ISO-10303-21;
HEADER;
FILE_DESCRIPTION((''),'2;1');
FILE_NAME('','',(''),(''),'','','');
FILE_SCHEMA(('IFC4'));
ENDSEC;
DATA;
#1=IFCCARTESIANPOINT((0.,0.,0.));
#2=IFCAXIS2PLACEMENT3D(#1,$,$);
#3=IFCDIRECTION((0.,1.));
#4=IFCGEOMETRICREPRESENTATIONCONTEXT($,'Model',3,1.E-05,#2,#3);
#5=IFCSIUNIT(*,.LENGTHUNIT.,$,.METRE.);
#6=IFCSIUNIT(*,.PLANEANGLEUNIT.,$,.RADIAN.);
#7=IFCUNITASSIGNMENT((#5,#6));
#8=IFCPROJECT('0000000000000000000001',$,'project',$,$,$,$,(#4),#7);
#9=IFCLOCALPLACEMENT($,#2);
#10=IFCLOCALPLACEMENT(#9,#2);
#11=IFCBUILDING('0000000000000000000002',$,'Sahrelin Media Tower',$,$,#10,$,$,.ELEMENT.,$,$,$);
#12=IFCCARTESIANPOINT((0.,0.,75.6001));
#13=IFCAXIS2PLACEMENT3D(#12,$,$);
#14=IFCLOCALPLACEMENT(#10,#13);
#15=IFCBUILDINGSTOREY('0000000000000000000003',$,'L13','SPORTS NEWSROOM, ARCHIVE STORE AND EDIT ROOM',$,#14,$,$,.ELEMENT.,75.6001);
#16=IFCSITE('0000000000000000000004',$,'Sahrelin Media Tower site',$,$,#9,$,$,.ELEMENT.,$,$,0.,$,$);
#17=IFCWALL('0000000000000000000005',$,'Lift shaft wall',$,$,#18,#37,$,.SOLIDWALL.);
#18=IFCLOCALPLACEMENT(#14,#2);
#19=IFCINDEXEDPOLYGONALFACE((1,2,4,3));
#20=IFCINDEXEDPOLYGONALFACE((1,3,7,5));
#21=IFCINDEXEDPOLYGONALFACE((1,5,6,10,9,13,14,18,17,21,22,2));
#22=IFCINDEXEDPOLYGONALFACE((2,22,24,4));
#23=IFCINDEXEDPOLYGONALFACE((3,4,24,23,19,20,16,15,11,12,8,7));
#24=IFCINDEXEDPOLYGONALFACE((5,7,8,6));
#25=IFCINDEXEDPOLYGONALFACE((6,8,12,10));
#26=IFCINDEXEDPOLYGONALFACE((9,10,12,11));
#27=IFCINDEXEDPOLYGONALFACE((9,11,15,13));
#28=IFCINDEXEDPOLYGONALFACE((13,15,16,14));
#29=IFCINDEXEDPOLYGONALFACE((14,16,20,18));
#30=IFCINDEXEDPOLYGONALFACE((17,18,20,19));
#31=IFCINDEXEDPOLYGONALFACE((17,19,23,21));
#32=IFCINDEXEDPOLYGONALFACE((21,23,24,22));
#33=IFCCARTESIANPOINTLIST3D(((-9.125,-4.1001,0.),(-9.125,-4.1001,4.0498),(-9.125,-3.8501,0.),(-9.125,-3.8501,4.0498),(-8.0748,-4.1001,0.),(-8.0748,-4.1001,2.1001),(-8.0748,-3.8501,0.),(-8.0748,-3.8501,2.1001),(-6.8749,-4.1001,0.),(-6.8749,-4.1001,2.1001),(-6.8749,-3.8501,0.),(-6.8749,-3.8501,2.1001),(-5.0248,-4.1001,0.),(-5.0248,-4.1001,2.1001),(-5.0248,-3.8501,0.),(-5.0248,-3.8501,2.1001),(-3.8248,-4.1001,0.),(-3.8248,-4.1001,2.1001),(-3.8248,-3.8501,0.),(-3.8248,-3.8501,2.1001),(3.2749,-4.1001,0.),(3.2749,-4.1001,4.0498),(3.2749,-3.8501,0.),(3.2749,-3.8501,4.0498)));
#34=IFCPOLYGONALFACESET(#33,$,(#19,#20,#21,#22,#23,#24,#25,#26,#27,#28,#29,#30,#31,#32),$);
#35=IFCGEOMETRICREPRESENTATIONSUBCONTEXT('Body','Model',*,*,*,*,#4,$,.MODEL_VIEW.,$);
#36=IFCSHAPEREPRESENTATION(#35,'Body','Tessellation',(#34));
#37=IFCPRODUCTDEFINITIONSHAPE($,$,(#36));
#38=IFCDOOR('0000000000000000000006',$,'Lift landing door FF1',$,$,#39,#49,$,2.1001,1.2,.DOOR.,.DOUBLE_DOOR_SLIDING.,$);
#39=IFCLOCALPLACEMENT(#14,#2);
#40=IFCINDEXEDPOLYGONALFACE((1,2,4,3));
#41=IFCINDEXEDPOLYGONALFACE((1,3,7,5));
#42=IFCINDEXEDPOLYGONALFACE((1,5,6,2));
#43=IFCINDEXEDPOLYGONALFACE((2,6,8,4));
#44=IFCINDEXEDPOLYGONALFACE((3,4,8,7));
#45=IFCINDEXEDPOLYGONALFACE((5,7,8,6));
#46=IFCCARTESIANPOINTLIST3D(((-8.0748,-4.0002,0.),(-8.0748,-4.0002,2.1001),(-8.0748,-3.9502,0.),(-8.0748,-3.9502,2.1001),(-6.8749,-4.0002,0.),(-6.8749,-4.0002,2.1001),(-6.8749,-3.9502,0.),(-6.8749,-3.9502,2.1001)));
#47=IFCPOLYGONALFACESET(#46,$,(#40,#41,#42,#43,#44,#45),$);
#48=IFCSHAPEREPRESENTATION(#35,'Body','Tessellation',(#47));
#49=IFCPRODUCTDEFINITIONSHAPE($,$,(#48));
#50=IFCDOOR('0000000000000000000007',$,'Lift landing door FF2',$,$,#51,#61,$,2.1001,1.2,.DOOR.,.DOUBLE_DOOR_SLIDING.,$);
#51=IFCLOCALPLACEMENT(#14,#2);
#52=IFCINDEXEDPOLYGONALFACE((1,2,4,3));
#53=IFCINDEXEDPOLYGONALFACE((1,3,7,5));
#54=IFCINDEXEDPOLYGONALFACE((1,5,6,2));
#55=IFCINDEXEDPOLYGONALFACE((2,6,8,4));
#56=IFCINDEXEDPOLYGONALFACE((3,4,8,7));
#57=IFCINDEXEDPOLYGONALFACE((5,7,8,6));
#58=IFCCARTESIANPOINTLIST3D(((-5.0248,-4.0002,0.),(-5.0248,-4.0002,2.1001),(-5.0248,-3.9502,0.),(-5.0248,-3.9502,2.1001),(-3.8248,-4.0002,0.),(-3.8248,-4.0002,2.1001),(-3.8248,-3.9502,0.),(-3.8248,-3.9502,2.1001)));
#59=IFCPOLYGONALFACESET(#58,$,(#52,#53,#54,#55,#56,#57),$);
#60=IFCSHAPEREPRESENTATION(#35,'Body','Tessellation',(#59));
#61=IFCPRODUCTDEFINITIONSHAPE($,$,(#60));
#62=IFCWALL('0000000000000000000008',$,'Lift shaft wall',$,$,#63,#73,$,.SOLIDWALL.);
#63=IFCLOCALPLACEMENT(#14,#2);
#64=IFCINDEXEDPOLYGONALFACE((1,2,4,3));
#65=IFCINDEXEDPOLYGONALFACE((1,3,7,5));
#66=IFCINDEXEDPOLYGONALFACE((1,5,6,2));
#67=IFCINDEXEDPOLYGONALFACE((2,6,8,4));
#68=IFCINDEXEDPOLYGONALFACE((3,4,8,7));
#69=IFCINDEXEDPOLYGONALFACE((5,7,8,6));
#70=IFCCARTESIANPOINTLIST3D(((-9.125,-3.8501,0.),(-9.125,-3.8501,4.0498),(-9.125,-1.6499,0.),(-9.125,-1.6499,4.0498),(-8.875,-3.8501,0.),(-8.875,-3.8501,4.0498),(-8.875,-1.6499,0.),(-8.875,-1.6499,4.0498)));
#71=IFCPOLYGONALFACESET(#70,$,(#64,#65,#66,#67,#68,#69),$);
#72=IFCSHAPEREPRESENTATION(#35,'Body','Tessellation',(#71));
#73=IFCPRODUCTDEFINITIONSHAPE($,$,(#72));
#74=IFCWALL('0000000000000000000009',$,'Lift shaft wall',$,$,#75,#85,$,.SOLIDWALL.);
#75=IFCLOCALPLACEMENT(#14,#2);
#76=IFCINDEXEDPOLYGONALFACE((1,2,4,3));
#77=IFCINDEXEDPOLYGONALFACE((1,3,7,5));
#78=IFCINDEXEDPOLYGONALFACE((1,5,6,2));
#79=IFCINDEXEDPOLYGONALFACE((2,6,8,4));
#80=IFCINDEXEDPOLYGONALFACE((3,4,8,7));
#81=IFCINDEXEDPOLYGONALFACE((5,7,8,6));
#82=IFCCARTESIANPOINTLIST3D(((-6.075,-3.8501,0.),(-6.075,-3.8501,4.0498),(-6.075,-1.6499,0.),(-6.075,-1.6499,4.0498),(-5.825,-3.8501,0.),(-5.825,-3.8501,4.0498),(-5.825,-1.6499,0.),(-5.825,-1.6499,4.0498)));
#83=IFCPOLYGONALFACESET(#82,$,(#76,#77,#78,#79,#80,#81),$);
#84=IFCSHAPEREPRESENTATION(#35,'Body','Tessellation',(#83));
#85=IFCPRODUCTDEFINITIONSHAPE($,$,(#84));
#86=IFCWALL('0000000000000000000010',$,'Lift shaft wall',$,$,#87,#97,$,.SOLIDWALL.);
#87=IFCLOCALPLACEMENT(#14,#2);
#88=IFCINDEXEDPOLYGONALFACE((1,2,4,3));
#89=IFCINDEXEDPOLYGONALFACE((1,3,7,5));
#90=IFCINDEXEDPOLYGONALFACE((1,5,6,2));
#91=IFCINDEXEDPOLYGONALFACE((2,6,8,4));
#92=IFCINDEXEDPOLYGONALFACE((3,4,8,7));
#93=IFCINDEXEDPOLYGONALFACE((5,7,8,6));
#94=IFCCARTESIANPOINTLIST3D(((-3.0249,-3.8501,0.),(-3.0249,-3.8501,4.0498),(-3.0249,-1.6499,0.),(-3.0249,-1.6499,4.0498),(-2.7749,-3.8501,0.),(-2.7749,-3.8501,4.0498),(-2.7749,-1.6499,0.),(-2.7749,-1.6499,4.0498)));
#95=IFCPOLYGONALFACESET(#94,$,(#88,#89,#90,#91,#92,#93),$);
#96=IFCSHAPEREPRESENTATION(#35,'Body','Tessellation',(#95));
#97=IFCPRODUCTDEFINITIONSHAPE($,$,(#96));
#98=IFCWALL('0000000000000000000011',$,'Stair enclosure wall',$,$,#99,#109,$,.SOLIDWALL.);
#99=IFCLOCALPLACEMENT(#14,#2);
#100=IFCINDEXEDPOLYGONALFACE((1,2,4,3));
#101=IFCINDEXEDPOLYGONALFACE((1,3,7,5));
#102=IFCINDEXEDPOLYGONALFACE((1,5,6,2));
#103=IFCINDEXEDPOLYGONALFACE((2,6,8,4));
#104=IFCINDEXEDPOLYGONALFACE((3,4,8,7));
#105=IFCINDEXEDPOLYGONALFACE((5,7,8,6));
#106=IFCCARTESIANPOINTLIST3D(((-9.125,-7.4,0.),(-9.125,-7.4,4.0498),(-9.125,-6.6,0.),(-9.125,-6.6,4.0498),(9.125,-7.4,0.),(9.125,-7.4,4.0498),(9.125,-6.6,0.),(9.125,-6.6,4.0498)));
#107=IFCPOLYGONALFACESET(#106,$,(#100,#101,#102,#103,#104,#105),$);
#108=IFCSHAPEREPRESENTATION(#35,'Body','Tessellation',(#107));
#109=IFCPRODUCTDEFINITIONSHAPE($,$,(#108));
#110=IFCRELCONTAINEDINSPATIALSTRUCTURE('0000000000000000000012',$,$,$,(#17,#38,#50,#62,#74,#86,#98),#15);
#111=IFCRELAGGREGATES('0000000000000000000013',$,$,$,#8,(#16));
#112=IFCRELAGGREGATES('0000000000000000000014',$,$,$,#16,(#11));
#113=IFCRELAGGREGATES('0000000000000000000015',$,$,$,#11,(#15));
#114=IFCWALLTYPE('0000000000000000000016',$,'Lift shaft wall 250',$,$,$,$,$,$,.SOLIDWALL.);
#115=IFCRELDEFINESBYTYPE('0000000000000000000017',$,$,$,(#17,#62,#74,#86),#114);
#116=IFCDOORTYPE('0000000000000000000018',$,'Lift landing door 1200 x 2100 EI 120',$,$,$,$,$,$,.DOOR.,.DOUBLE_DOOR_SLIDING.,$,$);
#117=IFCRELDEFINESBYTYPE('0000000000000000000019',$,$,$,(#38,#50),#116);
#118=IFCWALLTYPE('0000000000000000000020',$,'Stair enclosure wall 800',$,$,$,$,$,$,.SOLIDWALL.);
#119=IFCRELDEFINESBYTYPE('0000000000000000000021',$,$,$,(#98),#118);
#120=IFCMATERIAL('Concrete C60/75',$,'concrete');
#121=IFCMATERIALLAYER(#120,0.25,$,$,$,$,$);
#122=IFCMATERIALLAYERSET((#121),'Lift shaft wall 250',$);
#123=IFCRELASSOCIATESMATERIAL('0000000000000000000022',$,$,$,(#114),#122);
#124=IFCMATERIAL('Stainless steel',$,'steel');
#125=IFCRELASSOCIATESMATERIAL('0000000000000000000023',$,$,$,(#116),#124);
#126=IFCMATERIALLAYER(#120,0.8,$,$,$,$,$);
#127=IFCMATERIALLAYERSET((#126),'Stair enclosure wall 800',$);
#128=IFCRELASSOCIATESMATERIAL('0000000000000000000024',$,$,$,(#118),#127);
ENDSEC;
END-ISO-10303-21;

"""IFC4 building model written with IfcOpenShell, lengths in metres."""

from ifc_helpers import new_model, si_unit, direction, frame, frame_2d, origin, place, context, subcontext, project, spatial, rectangle, extrude, material, layer, layer_set, type_object, element, fill, save


model = new_model("IFC4")

# Units and contexts
model_context = context("Model", 3, precision=1e-05, world=origin(), true_north=direction((0.0, 1.0)))
body_context = subcontext(model_context, "Body", "Model", "MODEL_VIEW")
ifc_project = project(units=[si_unit("LENGTHUNIT", "METRE"), si_unit("PLANEANGLEUNIT", "RADIAN")], contexts=[model_context])

# Site, building, storey
site_placement = place(None, origin())
site = spatial("IfcSite", under=ifc_project, at=site_placement, Name="Sahrelin Media Tower site", CompositionType="ELEMENT", RefElevation=0.0)
building_placement = place(site_placement, origin())
building = spatial("IfcBuilding", under=site, at=building_placement, Name="Sahrelin Media Tower", CompositionType="ELEMENT")
storey_placement = place(building_placement, frame((0.0, 0.0, 75.6001)))
storey = spatial("IfcBuildingStorey", under=building, at=storey_placement, Name="L13", Description="SPORTS NEWSROOM, ARCHIVE STORE AND EDIT ROOM", CompositionType="ELEMENT", Elevation=75.6001)

# Wall, openings, doors
ifc_material_1 = material(Name="Concrete C60/75", Category="concrete")
ifc_layer_1 = layer(ifc_material_1, 0.25)
ifc_layer_set_1 = layer_set([ifc_layer_1], Name="Lift shaft wall 250")
wall_type_1 = type_object("IfcWallType", Name="Lift shaft wall 250", PredefinedType="SOLIDWALL", material=ifc_layer_set_1)
ifc_material_2 = material(Name="Stainless steel", Category="steel")
door_type_1 = type_object("IfcDoorType", Name="Lift landing door 1200 x 2100 EI 120", OperationType="DOUBLE_DOOR_SLIDING", PredefinedType="DOOR", material=ifc_material_2)
wall_1_placement = place(storey_placement, frame((-9.125, -3.9751, 0.0), z_axis=(0.0, 0.0, 1.0), x_axis=(1.0, 0.0, 0.0)))
wall_1 = element("IfcWall", 1, at=wall_1_placement, inside=storey, type_object=wall_type_1, Name="Lift shaft wall", PredefinedType="SOLIDWALL", context=body_context, shape_type="SweptSolid", body=[
    extrude(rectangle(XDim=12.3999, YDim=0.25, at=frame_2d((6.2, 0.0))), origin(), (0.0, 0.0, 1.0), 4.0498),
])
opening_1_placement = place(wall_1_placement, frame((1.05, 0.0, 0.0)))
opening_1 = element("IfcOpeningElement", 2, at=opening_1_placement, cuts=wall_1, PredefinedType="OPENING", context=body_context, shape_type="SweptSolid", body=[
    extrude(rectangle(XDim=1.2, YDim=2.1001, at=frame_2d((0.6001, 1.05))), frame((0.0, 0.125, 0.0), z_axis=(0.0, -1.0, 0.0), x_axis=(1.0, 0.0, 0.0)), (0.0, 0.0, 1.0), 0.25),
])
opening_2_placement = place(wall_1_placement, frame((4.1001, 0.0, 0.0)))
opening_2 = element("IfcOpeningElement", 3, at=opening_2_placement, cuts=wall_1, PredefinedType="OPENING", context=body_context, shape_type="SweptSolid", body=[
    extrude(rectangle(XDim=1.2, YDim=2.1001, at=frame_2d((0.6001, 1.05))), frame((0.0, 0.125, 0.0), z_axis=(0.0, -1.0, 0.0), x_axis=(1.0, 0.0, 0.0)), (0.0, 0.0, 1.0), 0.25),
])
door_1_placement = place(opening_1_placement, origin())
door_1 = element("IfcDoor", 4, at=door_1_placement, inside=storey, type_object=door_type_1, Name="Lift landing door FF1", OperationType="DOUBLE_DOOR_SLIDING", OverallHeight=2.1001, OverallWidth=1.2, PredefinedType="DOOR", context=body_context, shape_type="SweptSolid", body=[
    extrude(rectangle(XDim=1.2, YDim=2.1001, at=frame_2d((0.6001, 1.05))), frame((0.0, 0.0249, 0.0), z_axis=(0.0, -1.0, 0.0), x_axis=(1.0, 0.0, 0.0)), (0.0, 0.0, 1.0), 0.05),
])
fill(opening_1, door_1)
door_2_placement = place(opening_2_placement, origin())
door_2 = element("IfcDoor", 5, at=door_2_placement, inside=storey, type_object=door_type_1, Name="Lift landing door FF2", OperationType="DOUBLE_DOOR_SLIDING", OverallHeight=2.1001, OverallWidth=1.2, PredefinedType="DOOR", context=body_context, shape_type="SweptSolid", body=[
    extrude(rectangle(XDim=1.2, YDim=2.1001, at=frame_2d((0.6001, 1.05))), frame((0.0, 0.0249, 0.0), z_axis=(0.0, -1.0, 0.0), x_axis=(1.0, 0.0, 0.0)), (0.0, 0.0, 1.0), 0.05),
])
fill(opening_2, door_2)

# Walls
for number, where, z_axis, x_axis, name in (
    (6, (-9.0, -3.8501, 0.0), (0.0, 0.0, 1.0), (0.0, 1.0, 0.0), "Lift shaft wall"),
    (7, (-5.95, -3.8501, 0.0), (0.0, 0.0, 1.0), (0.0, 1.0, 0.0), "Lift shaft wall"),
    (8, (-2.8999, -3.8501, 0.0), (0.0, 0.0, 1.0), (0.0, 1.0, 0.0), "Lift shaft wall"),
):
    element("IfcWall", number, at=place(storey_placement, frame(where, z_axis=z_axis, x_axis=x_axis)), inside=storey, type_object=wall_type_1, Name=name, PredefinedType="SOLIDWALL", context=body_context, shape_type="SweptSolid", body=[
        extrude(rectangle(XDim=2.2002, YDim=0.25, at=frame_2d((1.1001, 0.0))), origin(), (0.0, 0.0, 1.0), 4.0498),
    ])
ifc_layer_2 = layer(ifc_material_1, 0.8)
ifc_layer_set_2 = layer_set([ifc_layer_2], Name="Stair enclosure wall 800")
wall_type_2 = type_object("IfcWallType", Name="Stair enclosure wall 800", PredefinedType="SOLIDWALL", material=ifc_layer_set_2)
wall_2_placement = place(storey_placement, frame((-9.125, -7.0, 0.0), z_axis=(0.0, 0.0, 1.0), x_axis=(1.0, 0.0, 0.0)))
element("IfcWall", 9, at=wall_2_placement, inside=storey, type_object=wall_type_2, Name="Stair enclosure wall", PredefinedType="SOLIDWALL", context=body_context, shape_type="SweptSolid", body=[
    extrude(rectangle(XDim=18.25, YDim=0.8, at=frame_2d((9.125, 0.0))), origin(), (0.0, 0.0, 1.0), 4.0498),
])

save(model, "model.ifc")
